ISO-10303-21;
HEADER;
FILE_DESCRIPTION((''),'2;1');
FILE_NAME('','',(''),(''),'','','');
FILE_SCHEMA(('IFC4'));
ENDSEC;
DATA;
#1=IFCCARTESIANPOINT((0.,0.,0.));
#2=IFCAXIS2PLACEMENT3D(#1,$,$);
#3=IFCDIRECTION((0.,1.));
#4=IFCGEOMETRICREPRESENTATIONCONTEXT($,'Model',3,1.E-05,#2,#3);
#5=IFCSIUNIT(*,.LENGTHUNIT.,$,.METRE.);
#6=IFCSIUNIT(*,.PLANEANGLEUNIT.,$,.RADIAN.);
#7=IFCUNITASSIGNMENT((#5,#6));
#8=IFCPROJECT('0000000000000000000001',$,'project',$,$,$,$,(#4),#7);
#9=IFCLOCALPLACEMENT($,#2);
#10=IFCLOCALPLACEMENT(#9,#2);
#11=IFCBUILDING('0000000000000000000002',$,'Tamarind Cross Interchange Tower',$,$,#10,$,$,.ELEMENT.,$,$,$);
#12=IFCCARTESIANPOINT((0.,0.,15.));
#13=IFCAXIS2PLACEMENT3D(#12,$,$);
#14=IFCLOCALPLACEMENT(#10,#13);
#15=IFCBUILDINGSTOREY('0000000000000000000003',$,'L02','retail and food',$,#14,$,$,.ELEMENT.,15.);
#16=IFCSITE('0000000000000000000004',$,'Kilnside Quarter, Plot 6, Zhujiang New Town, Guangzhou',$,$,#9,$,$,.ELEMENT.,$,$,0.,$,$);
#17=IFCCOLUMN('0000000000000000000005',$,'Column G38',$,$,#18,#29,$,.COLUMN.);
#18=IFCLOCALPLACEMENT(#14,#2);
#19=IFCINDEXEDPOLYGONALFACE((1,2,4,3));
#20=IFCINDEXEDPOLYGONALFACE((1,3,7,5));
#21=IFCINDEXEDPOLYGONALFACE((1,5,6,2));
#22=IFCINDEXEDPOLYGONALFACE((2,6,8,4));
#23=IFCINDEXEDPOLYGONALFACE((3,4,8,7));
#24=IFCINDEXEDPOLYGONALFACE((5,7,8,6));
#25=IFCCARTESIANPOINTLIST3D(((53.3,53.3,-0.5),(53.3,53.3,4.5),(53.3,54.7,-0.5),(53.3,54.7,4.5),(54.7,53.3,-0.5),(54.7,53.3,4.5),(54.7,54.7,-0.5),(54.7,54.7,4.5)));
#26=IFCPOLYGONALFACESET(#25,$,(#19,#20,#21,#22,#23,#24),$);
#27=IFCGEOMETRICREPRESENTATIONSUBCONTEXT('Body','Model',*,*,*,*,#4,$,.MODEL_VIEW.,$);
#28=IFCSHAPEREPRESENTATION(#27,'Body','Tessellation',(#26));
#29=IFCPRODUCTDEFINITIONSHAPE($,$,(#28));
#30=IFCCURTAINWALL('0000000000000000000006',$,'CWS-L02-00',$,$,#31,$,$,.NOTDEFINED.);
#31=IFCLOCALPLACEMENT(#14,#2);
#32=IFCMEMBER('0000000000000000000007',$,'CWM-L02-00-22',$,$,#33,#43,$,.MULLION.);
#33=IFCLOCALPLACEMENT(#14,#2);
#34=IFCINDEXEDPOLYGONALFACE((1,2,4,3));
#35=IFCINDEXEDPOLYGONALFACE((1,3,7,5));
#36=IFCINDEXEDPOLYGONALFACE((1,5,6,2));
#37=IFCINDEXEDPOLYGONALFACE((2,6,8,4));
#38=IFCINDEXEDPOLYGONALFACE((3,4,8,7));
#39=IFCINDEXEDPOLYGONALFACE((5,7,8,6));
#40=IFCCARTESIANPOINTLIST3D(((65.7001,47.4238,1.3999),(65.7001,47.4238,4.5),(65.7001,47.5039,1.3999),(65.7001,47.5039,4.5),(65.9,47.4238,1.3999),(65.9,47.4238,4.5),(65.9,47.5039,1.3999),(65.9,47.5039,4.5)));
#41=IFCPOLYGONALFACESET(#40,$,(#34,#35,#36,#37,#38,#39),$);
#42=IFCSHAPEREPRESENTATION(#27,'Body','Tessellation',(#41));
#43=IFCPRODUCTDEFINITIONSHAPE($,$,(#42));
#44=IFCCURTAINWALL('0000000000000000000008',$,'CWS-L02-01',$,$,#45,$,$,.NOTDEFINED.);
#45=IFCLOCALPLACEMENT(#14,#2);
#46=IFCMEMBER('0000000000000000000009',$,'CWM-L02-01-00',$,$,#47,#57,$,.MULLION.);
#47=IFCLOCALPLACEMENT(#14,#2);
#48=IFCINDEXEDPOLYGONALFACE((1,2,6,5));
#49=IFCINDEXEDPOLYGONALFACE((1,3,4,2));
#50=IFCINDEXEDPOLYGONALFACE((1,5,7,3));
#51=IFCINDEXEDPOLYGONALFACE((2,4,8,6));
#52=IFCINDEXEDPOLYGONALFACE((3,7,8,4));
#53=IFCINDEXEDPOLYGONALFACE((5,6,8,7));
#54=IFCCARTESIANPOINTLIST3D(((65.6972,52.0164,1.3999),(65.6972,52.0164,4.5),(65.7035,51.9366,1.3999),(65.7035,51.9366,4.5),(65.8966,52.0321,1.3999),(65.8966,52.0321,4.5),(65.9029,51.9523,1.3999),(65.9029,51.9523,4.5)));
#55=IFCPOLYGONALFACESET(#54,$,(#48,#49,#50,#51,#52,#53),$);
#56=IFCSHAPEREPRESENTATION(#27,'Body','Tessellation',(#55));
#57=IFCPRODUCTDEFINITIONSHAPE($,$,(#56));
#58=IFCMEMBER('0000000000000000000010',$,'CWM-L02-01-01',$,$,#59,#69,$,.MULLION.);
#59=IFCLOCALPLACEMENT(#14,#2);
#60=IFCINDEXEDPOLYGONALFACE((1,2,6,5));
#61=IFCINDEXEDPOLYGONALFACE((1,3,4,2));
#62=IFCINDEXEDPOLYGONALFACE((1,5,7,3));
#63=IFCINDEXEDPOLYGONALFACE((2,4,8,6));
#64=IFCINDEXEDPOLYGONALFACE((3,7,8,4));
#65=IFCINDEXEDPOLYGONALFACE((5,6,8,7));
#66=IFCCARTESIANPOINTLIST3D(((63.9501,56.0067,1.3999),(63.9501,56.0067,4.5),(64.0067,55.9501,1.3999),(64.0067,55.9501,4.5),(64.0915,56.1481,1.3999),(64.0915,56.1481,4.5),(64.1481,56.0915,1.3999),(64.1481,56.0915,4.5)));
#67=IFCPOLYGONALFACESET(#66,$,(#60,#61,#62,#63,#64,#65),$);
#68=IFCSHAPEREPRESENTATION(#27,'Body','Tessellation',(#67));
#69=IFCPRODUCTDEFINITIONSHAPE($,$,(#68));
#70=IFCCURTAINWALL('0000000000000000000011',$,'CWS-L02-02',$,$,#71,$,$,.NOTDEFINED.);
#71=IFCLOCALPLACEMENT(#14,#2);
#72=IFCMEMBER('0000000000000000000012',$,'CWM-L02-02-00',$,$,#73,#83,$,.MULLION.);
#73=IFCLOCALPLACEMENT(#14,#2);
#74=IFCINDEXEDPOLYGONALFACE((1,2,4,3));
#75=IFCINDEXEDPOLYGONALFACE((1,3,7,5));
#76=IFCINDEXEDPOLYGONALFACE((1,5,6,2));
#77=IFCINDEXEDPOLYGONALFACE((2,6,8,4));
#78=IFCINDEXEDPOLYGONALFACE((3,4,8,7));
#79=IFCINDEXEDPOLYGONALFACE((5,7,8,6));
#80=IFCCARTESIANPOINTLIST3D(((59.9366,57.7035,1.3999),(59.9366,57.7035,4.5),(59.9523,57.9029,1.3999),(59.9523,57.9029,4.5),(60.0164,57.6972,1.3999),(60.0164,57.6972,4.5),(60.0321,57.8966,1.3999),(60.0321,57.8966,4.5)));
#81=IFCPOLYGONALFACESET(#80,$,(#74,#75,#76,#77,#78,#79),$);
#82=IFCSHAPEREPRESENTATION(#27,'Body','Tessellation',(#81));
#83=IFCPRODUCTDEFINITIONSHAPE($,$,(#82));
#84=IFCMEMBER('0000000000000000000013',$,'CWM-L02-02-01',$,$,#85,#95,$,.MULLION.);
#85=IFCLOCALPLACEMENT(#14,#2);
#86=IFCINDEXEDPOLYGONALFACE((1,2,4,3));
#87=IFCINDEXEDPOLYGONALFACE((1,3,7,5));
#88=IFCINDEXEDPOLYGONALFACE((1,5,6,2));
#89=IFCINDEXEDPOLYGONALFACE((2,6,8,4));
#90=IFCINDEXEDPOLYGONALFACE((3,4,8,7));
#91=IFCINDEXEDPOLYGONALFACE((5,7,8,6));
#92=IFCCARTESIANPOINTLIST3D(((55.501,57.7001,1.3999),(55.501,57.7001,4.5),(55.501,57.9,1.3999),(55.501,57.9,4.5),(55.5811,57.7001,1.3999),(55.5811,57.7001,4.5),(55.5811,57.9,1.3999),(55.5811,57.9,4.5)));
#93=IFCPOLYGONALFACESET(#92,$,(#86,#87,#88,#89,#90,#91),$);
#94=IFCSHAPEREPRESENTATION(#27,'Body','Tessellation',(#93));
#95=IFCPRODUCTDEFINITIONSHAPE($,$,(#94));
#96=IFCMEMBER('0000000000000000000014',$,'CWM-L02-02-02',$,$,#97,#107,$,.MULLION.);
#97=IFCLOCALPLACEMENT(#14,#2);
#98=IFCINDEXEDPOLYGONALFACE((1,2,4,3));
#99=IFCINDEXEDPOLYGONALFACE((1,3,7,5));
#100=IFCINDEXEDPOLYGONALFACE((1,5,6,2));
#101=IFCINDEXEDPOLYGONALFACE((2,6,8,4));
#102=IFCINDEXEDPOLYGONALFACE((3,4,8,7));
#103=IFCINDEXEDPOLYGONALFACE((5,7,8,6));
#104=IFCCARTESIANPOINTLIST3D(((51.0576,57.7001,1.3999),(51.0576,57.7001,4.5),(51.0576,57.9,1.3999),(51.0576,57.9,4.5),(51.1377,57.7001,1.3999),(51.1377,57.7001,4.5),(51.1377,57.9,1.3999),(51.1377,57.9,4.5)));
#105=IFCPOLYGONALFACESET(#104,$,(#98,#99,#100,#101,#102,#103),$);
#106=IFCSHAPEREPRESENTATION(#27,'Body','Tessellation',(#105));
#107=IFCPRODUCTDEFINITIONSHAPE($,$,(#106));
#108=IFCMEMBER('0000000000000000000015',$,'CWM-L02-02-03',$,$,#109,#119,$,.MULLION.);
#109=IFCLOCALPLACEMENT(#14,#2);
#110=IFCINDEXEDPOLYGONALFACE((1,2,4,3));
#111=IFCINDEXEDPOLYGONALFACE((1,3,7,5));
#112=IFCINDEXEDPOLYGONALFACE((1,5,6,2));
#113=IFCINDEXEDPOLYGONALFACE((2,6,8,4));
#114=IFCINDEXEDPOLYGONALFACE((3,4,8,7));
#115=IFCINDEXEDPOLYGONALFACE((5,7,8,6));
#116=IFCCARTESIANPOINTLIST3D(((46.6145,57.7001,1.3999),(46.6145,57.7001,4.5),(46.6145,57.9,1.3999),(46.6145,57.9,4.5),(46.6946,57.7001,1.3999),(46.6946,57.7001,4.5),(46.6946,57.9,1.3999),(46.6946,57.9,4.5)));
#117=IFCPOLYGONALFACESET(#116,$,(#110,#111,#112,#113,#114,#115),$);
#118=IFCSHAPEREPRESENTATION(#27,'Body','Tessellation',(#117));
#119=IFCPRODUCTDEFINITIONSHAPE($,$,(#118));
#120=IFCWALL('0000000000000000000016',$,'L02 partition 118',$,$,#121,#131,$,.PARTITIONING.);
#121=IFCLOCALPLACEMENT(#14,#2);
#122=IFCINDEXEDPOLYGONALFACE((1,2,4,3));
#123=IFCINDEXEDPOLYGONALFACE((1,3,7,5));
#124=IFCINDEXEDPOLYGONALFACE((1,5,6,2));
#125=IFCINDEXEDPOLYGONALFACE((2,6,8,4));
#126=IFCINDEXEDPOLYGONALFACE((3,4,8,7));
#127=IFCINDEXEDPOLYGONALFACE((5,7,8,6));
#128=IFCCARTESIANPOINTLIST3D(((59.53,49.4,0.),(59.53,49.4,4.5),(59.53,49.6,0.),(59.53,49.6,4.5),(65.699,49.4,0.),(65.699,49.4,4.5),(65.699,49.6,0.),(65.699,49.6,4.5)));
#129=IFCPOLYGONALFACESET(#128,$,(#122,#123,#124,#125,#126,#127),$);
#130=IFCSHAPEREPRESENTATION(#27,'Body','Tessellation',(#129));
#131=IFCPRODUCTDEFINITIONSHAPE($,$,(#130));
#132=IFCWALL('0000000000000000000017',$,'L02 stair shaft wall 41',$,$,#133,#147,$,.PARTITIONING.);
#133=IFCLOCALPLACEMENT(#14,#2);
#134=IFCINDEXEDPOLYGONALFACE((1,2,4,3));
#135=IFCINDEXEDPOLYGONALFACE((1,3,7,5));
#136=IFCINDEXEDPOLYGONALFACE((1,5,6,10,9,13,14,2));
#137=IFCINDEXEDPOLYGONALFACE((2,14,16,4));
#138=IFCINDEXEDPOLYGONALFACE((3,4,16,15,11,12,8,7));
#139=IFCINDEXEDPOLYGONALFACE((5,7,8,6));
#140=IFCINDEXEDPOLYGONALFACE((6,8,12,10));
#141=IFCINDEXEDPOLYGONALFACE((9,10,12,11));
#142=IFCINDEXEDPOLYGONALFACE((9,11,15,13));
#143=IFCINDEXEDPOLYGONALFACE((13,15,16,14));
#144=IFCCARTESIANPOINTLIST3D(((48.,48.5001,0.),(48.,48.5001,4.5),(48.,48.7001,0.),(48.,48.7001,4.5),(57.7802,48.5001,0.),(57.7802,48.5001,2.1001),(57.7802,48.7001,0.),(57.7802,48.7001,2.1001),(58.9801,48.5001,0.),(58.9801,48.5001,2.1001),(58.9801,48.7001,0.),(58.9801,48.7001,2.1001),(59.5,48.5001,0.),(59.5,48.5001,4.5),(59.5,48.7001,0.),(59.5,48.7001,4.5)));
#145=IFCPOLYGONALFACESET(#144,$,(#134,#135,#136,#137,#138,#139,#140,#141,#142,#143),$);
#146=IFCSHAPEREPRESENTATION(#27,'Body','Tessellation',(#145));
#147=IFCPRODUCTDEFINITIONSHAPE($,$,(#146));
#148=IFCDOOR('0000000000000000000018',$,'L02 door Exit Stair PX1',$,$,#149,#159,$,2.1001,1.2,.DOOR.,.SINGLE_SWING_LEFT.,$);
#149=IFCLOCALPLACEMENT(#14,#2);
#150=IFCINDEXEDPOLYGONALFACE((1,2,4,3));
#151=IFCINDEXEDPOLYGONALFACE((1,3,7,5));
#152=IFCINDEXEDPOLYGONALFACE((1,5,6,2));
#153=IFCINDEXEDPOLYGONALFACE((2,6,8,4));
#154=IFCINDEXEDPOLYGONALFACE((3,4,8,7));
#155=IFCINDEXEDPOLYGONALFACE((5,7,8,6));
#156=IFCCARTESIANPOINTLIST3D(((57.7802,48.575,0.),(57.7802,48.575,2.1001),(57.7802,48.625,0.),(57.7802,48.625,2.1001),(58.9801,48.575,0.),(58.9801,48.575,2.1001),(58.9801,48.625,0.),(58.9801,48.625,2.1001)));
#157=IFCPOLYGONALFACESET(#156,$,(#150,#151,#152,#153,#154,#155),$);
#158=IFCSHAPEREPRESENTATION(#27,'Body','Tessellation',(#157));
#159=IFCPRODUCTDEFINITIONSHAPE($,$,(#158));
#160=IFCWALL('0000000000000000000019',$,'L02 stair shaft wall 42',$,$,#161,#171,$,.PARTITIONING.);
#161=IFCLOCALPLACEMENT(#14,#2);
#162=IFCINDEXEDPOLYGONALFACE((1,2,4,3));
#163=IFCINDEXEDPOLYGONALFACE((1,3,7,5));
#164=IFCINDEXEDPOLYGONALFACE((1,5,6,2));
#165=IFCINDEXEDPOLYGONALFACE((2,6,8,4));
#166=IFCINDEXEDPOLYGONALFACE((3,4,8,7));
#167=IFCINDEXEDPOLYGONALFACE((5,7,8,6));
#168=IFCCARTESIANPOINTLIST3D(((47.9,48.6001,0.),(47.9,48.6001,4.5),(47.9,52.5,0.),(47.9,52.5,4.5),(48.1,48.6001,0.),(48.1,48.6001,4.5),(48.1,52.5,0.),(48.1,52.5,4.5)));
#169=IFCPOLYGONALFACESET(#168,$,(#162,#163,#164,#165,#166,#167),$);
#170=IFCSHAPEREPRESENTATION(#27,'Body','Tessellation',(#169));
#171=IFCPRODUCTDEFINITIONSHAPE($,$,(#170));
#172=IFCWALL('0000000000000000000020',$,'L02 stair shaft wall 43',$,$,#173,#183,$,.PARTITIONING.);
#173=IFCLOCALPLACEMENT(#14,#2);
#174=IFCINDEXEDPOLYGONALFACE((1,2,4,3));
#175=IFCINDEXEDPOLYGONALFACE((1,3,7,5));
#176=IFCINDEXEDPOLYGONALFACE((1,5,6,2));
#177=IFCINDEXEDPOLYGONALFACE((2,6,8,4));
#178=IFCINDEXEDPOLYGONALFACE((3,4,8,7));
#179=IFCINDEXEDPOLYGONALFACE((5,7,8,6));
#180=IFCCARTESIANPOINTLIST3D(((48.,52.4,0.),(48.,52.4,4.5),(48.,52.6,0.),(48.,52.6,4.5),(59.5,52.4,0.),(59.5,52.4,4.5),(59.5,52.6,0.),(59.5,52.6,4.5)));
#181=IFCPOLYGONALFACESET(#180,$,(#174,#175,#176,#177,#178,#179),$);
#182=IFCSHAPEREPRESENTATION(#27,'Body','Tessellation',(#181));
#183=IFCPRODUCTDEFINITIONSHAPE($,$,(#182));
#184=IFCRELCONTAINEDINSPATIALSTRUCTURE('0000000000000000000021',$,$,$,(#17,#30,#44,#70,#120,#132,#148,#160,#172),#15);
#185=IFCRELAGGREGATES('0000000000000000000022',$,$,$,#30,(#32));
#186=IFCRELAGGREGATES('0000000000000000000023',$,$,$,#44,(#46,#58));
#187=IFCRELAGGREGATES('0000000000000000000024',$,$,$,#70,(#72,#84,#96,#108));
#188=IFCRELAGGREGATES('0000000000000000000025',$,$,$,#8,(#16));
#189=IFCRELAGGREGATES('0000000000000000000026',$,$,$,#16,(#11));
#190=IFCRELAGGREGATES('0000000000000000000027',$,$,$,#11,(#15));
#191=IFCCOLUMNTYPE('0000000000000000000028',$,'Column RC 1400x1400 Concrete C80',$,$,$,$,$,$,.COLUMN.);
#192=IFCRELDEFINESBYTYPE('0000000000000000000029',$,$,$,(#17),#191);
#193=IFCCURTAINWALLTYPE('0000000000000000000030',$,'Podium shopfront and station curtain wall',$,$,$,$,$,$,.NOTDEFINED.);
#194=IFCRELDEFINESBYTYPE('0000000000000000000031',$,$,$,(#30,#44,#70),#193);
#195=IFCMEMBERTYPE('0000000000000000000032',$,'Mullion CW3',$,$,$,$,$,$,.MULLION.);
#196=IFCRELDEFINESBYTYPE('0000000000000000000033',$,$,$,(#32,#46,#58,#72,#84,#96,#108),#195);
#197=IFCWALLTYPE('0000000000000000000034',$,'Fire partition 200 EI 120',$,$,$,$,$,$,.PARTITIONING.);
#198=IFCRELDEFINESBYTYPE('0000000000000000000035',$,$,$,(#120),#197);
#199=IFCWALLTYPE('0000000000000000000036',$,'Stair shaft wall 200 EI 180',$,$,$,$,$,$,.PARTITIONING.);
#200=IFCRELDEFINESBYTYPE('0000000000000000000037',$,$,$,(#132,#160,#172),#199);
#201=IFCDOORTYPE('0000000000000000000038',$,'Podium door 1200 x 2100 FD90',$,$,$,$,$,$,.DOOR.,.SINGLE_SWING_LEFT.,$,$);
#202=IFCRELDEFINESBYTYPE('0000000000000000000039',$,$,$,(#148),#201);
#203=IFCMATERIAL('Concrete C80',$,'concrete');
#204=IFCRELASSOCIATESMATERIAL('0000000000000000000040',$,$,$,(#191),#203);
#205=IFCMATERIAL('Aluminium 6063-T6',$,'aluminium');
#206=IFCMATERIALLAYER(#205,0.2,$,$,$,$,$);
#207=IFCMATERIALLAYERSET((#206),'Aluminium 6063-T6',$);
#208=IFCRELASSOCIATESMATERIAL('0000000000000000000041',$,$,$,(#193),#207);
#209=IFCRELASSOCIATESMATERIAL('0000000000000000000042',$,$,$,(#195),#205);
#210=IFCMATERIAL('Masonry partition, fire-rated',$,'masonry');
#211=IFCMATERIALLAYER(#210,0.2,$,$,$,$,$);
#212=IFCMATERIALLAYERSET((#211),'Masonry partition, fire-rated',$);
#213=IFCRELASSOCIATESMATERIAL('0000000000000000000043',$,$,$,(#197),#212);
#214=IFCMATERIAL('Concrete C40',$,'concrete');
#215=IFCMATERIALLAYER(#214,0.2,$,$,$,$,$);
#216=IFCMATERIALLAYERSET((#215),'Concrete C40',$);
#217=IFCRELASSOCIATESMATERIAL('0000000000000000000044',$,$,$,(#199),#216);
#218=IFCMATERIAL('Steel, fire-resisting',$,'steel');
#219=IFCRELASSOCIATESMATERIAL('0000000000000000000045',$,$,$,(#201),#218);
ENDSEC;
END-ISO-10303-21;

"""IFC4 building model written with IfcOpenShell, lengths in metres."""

from ifc_helpers import new_model, si_unit, direction, frame, frame_2d, origin, origin_2d, place, context, subcontext, project, spatial, rectangle, extrude, material, layer, layer_set, material_profile, profile_set, type_object, element, fill, aggregate, save


model = new_model("IFC4")

# Units and contexts
model_context = context("Model", 3, precision=1e-05, world=origin(), true_north=direction((0.0, 1.0)))
body_context = subcontext(model_context, "Body", "Model", "MODEL_VIEW")
ifc_project = project(units=[si_unit("LENGTHUNIT", "METRE"), si_unit("PLANEANGLEUNIT", "RADIAN")], contexts=[model_context])

# Site, building, storey
site_placement = place(None, origin())
site = spatial("IfcSite", under=ifc_project, at=site_placement, Name="Kilnside Quarter, Plot 6, Zhujiang New Town, Guangzhou", CompositionType="ELEMENT", RefElevation=0.0)
building_placement = place(site_placement, origin())
building = spatial("IfcBuilding", under=site, at=building_placement, Name="Tamarind Cross Interchange Tower", CompositionType="ELEMENT")
storey_placement = place(building_placement, frame((0.0, 0.0, 15.0)))
storey = spatial("IfcBuildingStorey", under=building, at=storey_placement, Name="L02", Description="retail and food", CompositionType="ELEMENT", Elevation=15.0)

# Column
ifc_material_1 = material(Name="Concrete C80", Category="concrete")
ifc_material_profile_1 = material_profile(ifc_material_1, rectangle(XDim=1.3999, YDim=1.3999, at=origin_2d()), Name="RC 1400x1400")
ifc_profile_set_1 = profile_set([ifc_material_profile_1], Name="Concrete C80")
column_type = type_object("IfcColumnType", Name="Column RC 1400x1400 Concrete C80", PredefinedType="COLUMN", material=ifc_profile_set_1)
column_placement = place(storey_placement, frame((54.0, 54.0, -0.5), z_axis=(0.0, 0.0, 1.0), x_axis=(1.0, 0.0, 0.0)))
element("IfcColumn", 1, at=column_placement, inside=storey, type_object=column_type, Name="Column G38", PredefinedType="COLUMN", context=body_context, shape_type="SweptSolid", body=[
    extrude(rectangle(XDim=1.3999, YDim=1.3999, at=origin_2d()), origin(), (0.0, 0.0, 1.0), 5.0),
])

# Curtain wall, member
ifc_material_2 = material(Name="Aluminium 6063-T6", Category="aluminium")
ifc_layer_1 = layer(ifc_material_2, 0.2)
ifc_layer_set_1 = layer_set([ifc_layer_1], Name="Aluminium 6063-T6")
curtain_wall_type = type_object("IfcCurtainWallType", Name="Podium shopfront and station curtain wall", PredefinedType="NOTDEFINED", material=ifc_layer_set_1)
curtain_wall_1_placement = place(storey_placement, origin())
curtain_wall_1 = element("IfcCurtainWall", 2, at=curtain_wall_1_placement, inside=storey, type_object=curtain_wall_type, Name="CWS-L02-00", PredefinedType="NOTDEFINED")
ifc_material_profile_2 = material_profile(ifc_material_2, rectangle(XDim=0.0801, YDim=0.2, at=origin_2d()), Name="Mullion CW3")
ifc_profile_set_2 = profile_set([ifc_material_profile_2], Name="Aluminium 6063-T6")
member_type = type_object("IfcMemberType", Name="Mullion CW3", PredefinedType="MULLION", material=ifc_profile_set_2)
member_1_placement = place(storey_placement, frame((65.8, 47.4639, 1.3999), z_axis=(0.0, 0.0, 1.0), x_axis=(0.0, 1.0, 0.0)))
member_1 = element("IfcMember", 3, at=member_1_placement, type_object=member_type, Name="CWM-L02-00-22", PredefinedType="MULLION", context=body_context, shape_type="SweptSolid", body=[
    extrude(rectangle(XDim=0.0801, YDim=0.2, at=origin_2d()), origin(), (0.0, 0.0, 1.0), 3.1001),
])
aggregate(curtain_wall_1, [member_1])

# Curtain walls, members
curtain_wall_2_placement = place(storey_placement, origin())
curtain_wall_2 = element("IfcCurtainWall", 4, at=curtain_wall_2_placement, inside=storey, type_object=curtain_wall_type, Name="CWS-L02-01", PredefinedType="NOTDEFINED")
member_2_placement = place(storey_placement, frame((65.8, 51.9844, 1.3999), z_axis=(0.0, 0.0, 1.0), x_axis=(-0.078459, 0.996917, 0.0)))
member_2 = element("IfcMember", 5, at=member_2_placement, type_object=member_type, Name="CWM-L02-01-00", PredefinedType="MULLION", context=body_context, shape_type="SweptSolid", body=[
    extrude(rectangle(XDim=0.0801, YDim=0.2, at=origin_2d()), origin(), (0.0, 0.0, 1.0), 3.1001),
])
member_3_placement = place(storey_placement, frame((64.0491, 56.0491, 1.3999), z_axis=(0.0, 0.0, 1.0), x_axis=(-0.707107, 0.707107, 0.0)))
member_3 = element("IfcMember", 6, at=member_3_placement, type_object=member_type, Name="CWM-L02-01-01", PredefinedType="MULLION", context=body_context, shape_type="SweptSolid", body=[
    extrude(rectangle(XDim=0.0801, YDim=0.2, at=origin_2d()), origin(), (0.0, 0.0, 1.0), 3.1001),
])
aggregate(curtain_wall_2, [member_2, member_3])
curtain_wall_3_placement = place(storey_placement, origin())
curtain_wall_3 = element("IfcCurtainWall", 7, at=curtain_wall_3_placement, inside=storey, type_object=curtain_wall_type, Name="CWS-L02-02", PredefinedType="NOTDEFINED")
member_4_placement = place(storey_placement, frame((59.9844, 57.8, 1.3999), z_axis=(0.0, 0.0, 1.0), x_axis=(-0.996917, 0.078459, 0.0)))
member_4 = element("IfcMember", 8, at=member_4_placement, type_object=member_type, Name="CWM-L02-02-00", PredefinedType="MULLION", context=body_context, shape_type="SweptSolid", body=[
    extrude(rectangle(XDim=0.0801, YDim=0.2, at=origin_2d()), origin(), (0.0, 0.0, 1.0), 3.1001),
])
member_5_placement = place(storey_placement, frame((55.541, 57.8, 1.3999), z_axis=(0.0, 0.0, 1.0), x_axis=(-1.0, 0.0, 0.0)))
member_5 = element("IfcMember", 9, at=member_5_placement, type_object=member_type, Name="CWM-L02-02-01", PredefinedType="MULLION", context=body_context, shape_type="SweptSolid", body=[
    extrude(rectangle(XDim=0.0801, YDim=0.2, at=origin_2d()), origin(), (0.0, 0.0, 1.0), 3.1001),
])
member_6_placement = place(storey_placement, frame((51.0977, 57.8, 1.3999), z_axis=(0.0, 0.0, 1.0), x_axis=(-1.0, 0.0, 0.0)))
member_6 = element("IfcMember", 10, at=member_6_placement, type_object=member_type, Name="CWM-L02-02-02", PredefinedType="MULLION", context=body_context, shape_type="SweptSolid", body=[
    extrude(rectangle(XDim=0.0801, YDim=0.2, at=origin_2d()), origin(), (0.0, 0.0, 1.0), 3.1001),
])
member_7_placement = place(storey_placement, frame((46.6545, 57.8, 1.3999), z_axis=(0.0, 0.0, 1.0), x_axis=(-1.0, 0.0, 0.0)))
member_7 = element("IfcMember", 11, at=member_7_placement, type_object=member_type, Name="CWM-L02-02-03", PredefinedType="MULLION", context=body_context, shape_type="SweptSolid", body=[
    extrude(rectangle(XDim=0.0801, YDim=0.2, at=origin_2d()), origin(), (0.0, 0.0, 1.0), 3.1001),
])
aggregate(curtain_wall_3, [member_4, member_5, member_6, member_7])

# Wall
ifc_material_3 = material(Name="Masonry partition, fire-rated", Category="masonry")
ifc_layer_2 = layer(ifc_material_3, 0.2)
ifc_layer_set_2 = layer_set([ifc_layer_2], Name="Masonry partition, fire-rated")
wall_type_1 = type_object("IfcWallType", Name="Fire partition 200 EI 120", PredefinedType="PARTITIONING", material=ifc_layer_set_2)
wall_1_placement = place(storey_placement, frame((59.53, 49.5, 0.0), z_axis=(0.0, 0.0, 1.0), x_axis=(1.0, 0.0, 0.0)))
element("IfcWall", 12, at=wall_1_placement, inside=storey, type_object=wall_type_1, Name="L02 partition 118", PredefinedType="PARTITIONING", context=body_context, shape_type="SweptSolid", body=[
    extrude(rectangle(XDim=6.1689, YDim=0.2, at=frame_2d((3.0845, 0.0))), origin(), (0.0, 0.0, 1.0), 4.5),
])

# Wall, opening, door
ifc_material_4 = material(Name="Concrete C40", Category="concrete")
ifc_layer_3 = layer(ifc_material_4, 0.2)
ifc_layer_set_3 = layer_set([ifc_layer_3], Name="Concrete C40")
wall_type_2 = type_object("IfcWallType", Name="Stair shaft wall 200 EI 180", PredefinedType="PARTITIONING", material=ifc_layer_set_3)
wall_2_placement = place(storey_placement, frame((48.0, 48.6001, 0.0), z_axis=(0.0, 0.0, 1.0), x_axis=(1.0, 0.0, 0.0)))
wall_2 = element("IfcWall", 13, at=wall_2_placement, inside=storey, type_object=wall_type_2, Name="L02 stair shaft wall 41", PredefinedType="PARTITIONING", context=body_context, shape_type="SweptSolid", body=[
    extrude(rectangle(XDim=11.5, YDim=0.2, at=frame_2d((5.75, 0.0))), origin(), (0.0, 0.0, 1.0), 4.5),
])
opening_placement = place(wall_2_placement, frame((9.78, 0.0, 0.0)))
opening = element("IfcOpeningElement", 14, at=opening_placement, cuts=wall_2, PredefinedType="OPENING", context=body_context, shape_type="SweptSolid", body=[
    extrude(rectangle(XDim=1.2, YDim=2.1001, at=frame_2d((0.6001, 1.05))), frame((0.0, 0.1099, 0.0), z_axis=(0.0, -1.0, 0.0), x_axis=(1.0, 0.0, 0.0)), (0.0, 0.0, 1.0), 0.22),
])
ifc_material_5 = material(Name="Steel, fire-resisting", Category="steel")
door_type = type_object("IfcDoorType", Name="Podium door 1200 x 2100 FD90", OperationType="SINGLE_SWING_LEFT", PredefinedType="DOOR", material=ifc_material_5)
door_placement = place(opening_placement, origin())
door = element("IfcDoor", 15, at=door_placement, inside=storey, type_object=door_type, Name="L02 door Exit Stair PX1", OperationType="SINGLE_SWING_LEFT", OverallHeight=2.1001, OverallWidth=1.2, PredefinedType="DOOR", context=body_context, shape_type="SweptSolid", body=[
    extrude(rectangle(XDim=1.2, YDim=2.1001, at=frame_2d((0.6001, 1.05))), frame((0.0, 0.0249, 0.0), z_axis=(0.0, -1.0, 0.0), x_axis=(1.0, 0.0, 0.0)), (0.0, 0.0, 1.0), 0.05),
])
fill(opening, door)

# Walls
wall_3_placement = place(storey_placement, frame((48.0, 48.6001, 0.0), z_axis=(0.0, 0.0, 1.0), x_axis=(0.0, 1.0, 0.0)))
element("IfcWall", 16, at=wall_3_placement, inside=storey, type_object=wall_type_2, Name="L02 stair shaft wall 42", PredefinedType="PARTITIONING", context=body_context, shape_type="SweptSolid", body=[
    extrude(rectangle(XDim=3.8999, YDim=0.2, at=frame_2d((1.95, 0.0))), origin(), (0.0, 0.0, 1.0), 4.5),
])
wall_4_placement = place(storey_placement, frame((48.0, 52.5, 0.0), z_axis=(0.0, 0.0, 1.0), x_axis=(1.0, 0.0, 0.0)))
element("IfcWall", 17, at=wall_4_placement, inside=storey, type_object=wall_type_2, Name="L02 stair shaft wall 43", PredefinedType="PARTITIONING", context=body_context, shape_type="SweptSolid", body=[
    extrude(rectangle(XDim=11.5, YDim=0.2, at=frame_2d((5.75, 0.0))), origin(), (0.0, 0.0, 1.0), 4.5),
])

save(model, "model.ifc")
